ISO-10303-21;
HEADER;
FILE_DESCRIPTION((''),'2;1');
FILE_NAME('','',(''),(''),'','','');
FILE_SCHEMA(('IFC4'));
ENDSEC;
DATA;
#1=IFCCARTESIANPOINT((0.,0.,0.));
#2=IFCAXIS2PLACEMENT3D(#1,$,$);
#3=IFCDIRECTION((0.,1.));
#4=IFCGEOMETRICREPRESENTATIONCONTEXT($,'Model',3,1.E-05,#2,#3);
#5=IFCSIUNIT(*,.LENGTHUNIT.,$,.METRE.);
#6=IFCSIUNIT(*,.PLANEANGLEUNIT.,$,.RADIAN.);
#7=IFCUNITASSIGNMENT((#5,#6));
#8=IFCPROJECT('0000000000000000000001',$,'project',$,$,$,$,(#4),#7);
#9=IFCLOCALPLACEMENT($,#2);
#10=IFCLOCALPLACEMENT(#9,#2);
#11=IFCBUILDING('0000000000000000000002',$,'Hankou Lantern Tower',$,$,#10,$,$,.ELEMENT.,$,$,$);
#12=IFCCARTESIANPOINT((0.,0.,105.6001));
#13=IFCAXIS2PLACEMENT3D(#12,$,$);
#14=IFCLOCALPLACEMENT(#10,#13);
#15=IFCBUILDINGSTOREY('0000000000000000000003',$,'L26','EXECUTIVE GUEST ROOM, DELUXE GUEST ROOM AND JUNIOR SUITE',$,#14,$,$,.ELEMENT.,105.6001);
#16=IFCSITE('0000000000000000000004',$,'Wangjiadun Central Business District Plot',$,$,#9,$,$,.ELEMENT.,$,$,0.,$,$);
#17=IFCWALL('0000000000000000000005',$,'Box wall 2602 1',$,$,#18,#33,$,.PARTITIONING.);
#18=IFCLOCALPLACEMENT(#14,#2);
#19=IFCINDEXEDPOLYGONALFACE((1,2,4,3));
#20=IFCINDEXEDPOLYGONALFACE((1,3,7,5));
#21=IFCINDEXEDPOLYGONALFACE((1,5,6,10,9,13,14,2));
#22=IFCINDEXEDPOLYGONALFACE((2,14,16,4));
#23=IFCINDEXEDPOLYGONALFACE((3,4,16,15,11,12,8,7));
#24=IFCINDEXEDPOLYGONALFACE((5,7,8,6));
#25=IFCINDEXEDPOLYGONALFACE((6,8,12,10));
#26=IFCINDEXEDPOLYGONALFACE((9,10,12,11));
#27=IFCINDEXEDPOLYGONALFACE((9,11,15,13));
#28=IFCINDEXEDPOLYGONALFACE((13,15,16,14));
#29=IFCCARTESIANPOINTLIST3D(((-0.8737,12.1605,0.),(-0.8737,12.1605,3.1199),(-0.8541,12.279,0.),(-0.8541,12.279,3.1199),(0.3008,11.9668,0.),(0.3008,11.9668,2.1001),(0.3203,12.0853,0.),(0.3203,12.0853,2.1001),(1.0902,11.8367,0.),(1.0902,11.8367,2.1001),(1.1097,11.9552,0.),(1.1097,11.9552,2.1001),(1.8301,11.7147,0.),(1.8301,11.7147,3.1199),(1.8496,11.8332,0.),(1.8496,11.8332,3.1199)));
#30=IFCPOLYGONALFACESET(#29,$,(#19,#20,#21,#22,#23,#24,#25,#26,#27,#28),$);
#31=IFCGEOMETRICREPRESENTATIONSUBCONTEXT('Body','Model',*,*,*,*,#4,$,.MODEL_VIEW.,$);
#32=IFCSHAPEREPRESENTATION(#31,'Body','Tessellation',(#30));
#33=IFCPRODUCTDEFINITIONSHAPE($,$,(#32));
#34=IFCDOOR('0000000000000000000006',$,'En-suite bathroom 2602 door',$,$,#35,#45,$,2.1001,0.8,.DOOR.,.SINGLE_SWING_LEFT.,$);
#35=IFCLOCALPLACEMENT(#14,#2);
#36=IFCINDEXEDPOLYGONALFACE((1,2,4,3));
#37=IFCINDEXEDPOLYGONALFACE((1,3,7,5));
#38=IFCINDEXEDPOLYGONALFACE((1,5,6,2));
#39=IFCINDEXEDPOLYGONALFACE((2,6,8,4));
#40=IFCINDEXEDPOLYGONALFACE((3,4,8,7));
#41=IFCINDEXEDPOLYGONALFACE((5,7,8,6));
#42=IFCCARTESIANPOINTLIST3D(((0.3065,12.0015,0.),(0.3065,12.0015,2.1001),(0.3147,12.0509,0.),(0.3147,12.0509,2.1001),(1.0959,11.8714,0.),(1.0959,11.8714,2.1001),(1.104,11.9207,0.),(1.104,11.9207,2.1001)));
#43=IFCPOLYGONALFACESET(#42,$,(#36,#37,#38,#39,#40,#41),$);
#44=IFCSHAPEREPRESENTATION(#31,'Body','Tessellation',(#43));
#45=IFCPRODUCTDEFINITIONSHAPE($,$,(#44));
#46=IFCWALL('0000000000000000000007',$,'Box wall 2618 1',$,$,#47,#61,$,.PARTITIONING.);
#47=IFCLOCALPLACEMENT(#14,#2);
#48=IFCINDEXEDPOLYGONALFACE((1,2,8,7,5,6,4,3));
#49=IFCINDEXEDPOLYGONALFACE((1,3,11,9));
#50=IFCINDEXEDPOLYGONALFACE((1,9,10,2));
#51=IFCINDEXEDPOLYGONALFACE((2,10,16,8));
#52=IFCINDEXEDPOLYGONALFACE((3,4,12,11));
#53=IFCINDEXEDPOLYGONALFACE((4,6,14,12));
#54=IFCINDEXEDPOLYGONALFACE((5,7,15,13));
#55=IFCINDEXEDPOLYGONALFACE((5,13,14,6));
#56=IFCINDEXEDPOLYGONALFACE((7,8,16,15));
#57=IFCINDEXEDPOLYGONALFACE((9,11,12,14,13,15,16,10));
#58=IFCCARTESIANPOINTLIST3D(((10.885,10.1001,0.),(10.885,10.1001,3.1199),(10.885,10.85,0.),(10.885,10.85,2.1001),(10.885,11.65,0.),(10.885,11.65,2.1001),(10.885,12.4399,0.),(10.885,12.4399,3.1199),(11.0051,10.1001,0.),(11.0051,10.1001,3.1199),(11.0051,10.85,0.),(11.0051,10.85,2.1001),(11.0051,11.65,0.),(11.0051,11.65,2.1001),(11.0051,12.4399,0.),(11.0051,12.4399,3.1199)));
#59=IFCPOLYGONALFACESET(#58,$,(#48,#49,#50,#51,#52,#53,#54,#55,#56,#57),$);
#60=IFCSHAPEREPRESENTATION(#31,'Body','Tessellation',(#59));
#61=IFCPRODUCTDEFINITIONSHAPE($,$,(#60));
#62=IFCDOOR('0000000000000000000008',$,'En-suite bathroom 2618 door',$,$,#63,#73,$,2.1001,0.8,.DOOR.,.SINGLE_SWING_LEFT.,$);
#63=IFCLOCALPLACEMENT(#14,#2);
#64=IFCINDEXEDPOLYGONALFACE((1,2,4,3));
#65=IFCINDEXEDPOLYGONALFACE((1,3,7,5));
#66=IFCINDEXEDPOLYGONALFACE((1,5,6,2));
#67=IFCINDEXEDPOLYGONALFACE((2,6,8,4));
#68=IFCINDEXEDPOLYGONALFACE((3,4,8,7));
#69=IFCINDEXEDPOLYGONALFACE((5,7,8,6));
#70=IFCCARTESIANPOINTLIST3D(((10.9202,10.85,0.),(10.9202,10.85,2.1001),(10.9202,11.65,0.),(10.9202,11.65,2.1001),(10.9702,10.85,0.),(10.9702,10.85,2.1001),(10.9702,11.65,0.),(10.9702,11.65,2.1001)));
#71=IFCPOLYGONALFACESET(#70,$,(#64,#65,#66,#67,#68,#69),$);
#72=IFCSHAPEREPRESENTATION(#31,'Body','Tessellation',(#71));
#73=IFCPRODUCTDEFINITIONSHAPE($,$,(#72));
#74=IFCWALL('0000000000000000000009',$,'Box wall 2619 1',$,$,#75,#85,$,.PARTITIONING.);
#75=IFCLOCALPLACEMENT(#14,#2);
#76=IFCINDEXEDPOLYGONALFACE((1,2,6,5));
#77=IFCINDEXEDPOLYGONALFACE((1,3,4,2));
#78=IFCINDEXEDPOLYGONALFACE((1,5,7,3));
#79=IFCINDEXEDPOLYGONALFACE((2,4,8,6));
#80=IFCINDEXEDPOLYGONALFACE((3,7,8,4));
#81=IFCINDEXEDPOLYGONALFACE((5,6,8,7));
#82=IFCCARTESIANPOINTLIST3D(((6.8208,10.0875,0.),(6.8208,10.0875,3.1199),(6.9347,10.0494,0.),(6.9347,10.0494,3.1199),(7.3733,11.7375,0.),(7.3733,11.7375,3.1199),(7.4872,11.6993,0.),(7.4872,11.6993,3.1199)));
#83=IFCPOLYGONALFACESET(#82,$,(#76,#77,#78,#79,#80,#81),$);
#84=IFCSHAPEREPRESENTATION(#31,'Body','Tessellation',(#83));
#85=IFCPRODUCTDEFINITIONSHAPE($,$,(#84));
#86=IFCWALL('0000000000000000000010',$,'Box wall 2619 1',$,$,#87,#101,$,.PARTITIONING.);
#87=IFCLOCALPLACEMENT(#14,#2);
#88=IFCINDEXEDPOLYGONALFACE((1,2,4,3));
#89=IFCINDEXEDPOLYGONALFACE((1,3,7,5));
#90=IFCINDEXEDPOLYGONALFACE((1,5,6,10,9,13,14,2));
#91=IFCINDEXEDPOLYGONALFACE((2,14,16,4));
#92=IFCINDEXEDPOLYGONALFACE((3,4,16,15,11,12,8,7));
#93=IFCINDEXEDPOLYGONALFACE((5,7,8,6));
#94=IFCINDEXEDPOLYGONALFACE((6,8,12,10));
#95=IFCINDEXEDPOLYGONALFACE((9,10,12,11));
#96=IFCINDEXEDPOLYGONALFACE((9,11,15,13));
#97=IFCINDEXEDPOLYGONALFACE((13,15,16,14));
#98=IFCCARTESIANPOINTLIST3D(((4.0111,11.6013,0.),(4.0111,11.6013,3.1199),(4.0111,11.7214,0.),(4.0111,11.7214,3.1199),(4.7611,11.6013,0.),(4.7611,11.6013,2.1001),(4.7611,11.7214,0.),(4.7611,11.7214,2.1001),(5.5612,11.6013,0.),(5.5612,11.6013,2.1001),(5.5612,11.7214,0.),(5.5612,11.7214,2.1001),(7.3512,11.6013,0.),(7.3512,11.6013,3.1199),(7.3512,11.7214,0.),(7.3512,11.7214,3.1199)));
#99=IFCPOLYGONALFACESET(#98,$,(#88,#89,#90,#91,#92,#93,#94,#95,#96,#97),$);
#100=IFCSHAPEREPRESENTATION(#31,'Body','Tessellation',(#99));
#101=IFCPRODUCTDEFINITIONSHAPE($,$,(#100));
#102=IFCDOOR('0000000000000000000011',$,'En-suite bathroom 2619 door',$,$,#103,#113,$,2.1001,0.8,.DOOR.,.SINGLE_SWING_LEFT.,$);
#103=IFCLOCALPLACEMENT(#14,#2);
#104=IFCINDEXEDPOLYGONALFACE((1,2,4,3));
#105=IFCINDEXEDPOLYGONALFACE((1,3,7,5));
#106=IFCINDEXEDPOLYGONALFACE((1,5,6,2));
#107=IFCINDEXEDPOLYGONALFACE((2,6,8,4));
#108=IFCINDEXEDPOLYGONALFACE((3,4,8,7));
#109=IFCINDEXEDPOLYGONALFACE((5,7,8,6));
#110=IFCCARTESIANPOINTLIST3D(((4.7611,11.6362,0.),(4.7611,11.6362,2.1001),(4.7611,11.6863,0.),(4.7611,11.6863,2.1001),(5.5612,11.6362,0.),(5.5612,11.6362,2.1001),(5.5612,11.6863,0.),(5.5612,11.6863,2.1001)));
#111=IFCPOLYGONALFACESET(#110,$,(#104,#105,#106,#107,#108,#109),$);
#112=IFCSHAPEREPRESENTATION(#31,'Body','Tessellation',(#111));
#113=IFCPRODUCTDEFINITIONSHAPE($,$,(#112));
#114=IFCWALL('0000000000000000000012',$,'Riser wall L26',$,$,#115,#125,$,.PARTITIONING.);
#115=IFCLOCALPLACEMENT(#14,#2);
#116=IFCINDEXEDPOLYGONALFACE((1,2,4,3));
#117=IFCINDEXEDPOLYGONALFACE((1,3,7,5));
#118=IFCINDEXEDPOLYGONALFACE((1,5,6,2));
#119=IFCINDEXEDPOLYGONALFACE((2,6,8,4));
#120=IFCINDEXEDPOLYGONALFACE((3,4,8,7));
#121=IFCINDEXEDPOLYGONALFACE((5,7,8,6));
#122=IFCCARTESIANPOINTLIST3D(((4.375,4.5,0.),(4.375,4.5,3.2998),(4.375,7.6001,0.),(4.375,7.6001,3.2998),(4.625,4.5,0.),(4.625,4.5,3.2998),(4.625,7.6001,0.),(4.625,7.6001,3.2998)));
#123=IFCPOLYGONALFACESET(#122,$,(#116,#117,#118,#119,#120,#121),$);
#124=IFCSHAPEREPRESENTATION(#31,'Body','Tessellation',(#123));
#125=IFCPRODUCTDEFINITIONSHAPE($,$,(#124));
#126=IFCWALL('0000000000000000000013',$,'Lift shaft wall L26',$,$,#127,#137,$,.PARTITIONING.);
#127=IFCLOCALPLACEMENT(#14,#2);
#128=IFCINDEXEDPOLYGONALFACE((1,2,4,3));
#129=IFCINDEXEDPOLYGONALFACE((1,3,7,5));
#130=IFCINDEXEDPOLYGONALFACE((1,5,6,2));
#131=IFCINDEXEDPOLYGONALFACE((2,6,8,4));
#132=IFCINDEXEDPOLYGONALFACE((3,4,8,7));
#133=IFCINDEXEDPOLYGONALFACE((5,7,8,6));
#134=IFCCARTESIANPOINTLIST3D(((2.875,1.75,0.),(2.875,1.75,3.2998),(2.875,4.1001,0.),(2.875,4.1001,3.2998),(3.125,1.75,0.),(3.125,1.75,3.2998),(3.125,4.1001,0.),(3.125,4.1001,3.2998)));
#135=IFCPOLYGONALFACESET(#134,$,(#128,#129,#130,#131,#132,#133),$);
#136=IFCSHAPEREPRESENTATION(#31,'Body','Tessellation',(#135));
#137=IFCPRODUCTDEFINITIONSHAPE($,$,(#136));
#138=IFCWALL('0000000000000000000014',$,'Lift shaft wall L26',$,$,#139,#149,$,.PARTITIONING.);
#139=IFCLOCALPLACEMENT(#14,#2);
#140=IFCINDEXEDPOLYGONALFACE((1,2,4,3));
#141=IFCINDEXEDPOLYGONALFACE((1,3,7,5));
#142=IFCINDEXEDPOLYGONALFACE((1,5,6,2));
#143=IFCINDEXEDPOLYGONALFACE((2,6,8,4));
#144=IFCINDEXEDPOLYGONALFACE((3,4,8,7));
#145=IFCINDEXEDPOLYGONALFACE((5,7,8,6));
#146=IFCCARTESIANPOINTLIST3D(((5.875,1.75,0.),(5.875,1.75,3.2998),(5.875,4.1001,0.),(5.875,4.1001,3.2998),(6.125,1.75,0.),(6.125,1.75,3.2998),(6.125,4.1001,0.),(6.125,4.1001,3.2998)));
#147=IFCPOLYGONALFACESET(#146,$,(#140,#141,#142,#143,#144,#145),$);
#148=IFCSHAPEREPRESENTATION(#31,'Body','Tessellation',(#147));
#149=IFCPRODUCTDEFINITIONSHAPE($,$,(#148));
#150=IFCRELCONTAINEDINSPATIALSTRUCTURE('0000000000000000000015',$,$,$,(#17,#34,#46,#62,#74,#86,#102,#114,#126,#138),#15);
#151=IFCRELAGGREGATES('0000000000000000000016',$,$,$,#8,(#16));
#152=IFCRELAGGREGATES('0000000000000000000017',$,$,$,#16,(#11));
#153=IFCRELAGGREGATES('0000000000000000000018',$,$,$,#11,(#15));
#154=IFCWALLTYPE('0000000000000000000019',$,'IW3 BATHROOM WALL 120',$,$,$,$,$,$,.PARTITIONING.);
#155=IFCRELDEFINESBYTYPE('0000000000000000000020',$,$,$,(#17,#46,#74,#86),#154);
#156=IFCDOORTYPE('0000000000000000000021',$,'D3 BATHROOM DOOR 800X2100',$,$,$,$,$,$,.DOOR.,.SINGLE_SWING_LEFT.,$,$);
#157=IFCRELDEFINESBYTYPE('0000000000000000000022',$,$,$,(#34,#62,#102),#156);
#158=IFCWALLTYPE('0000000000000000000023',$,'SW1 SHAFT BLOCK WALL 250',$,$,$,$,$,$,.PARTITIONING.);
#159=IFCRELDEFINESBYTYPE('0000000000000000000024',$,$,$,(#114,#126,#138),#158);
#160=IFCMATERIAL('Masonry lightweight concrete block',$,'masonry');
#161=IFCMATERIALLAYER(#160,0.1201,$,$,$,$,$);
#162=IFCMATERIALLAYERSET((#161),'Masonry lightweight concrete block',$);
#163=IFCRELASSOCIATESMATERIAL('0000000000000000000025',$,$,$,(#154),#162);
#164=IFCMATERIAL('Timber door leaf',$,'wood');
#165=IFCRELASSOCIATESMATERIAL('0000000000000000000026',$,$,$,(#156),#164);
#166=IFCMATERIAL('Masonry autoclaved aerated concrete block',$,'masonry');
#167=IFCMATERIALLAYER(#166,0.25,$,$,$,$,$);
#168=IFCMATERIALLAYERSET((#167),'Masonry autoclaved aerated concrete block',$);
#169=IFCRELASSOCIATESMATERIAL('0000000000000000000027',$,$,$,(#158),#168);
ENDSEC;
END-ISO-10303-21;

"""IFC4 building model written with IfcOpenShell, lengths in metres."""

from ifc_helpers import new_model, si_unit, direction, frame, frame_2d, origin, place, context, subcontext, project, spatial, rectangle, extrude, material, layer, layer_set, type_object, element, fill, save


model = new_model("IFC4")

# Units and contexts
model_context = context("Model", 3, precision=1e-05, world=origin(), true_north=direction((0.0, 1.0)))
body_context = subcontext(model_context, "Body", "Model", "MODEL_VIEW")
ifc_project = project(units=[si_unit("LENGTHUNIT", "METRE"), si_unit("PLANEANGLEUNIT", "RADIAN")], contexts=[model_context])

# Site, building, storey
site_placement = place(None, origin())
site = spatial("IfcSite", under=ifc_project, at=site_placement, Name="Wangjiadun Central Business District Plot", CompositionType="ELEMENT", RefElevation=0.0)
building_placement = place(site_placement, origin())
building = spatial("IfcBuilding", under=site, at=building_placement, Name="Hankou Lantern Tower", CompositionType="ELEMENT")
storey_placement = place(building_placement, frame((0.0, 0.0, 105.6001)))
storey = spatial("IfcBuildingStorey", under=building, at=storey_placement, Name="L26", Description="EXECUTIVE GUEST ROOM, DELUXE GUEST ROOM AND JUNIOR SUITE", CompositionType="ELEMENT", Elevation=105.6001)

# Walls, openings, doors
ifc_material_1 = material(Name="Masonry lightweight concrete block", Category="masonry")
ifc_layer_1 = layer(ifc_material_1, 0.1201)
ifc_layer_set_1 = layer_set([ifc_layer_1], Name="Masonry lightweight concrete block")
wall_type_1 = type_object("IfcWallType", Name="IW3 BATHROOM WALL 120", PredefinedType="PARTITIONING", material=ifc_layer_set_1)
wall_1_placement = place(storey_placement, frame((1.8398, 11.7739, 0.0), z_axis=(0.0, 0.0, 1.0), x_axis=(-0.986677, 0.162694, 0.0)))
wall_1 = element("IfcWall", 1, at=wall_1_placement, inside=storey, type_object=wall_type_1, Name="Box wall 2602 1", PredefinedType="PARTITIONING", context=body_context, shape_type="SweptSolid", body=[
    extrude(rectangle(XDim=2.7402, YDim=0.1201, at=frame_2d((1.3701, 0.0))), origin(), (0.0, 0.0, 1.0), 3.1199),
])
opening_1_placement = place(wall_1_placement, frame((0.75, 0.0, 0.0)))
opening_1 = element("IfcOpeningElement", 2, at=opening_1_placement, cuts=wall_1, PredefinedType="OPENING", context=body_context, shape_type="SweptSolid", body=[
    extrude(rectangle(XDim=0.8, YDim=2.1001, at=frame_2d((0.3999, 1.05))), frame((0.0, 0.0701, 0.0), z_axis=(0.0, -1.0, 0.0), x_axis=(1.0, 0.0, 0.0)), (0.0, 0.0, 1.0), 0.1401),
])
ifc_material_2 = material(Name="Timber door leaf", Category="wood")
door_type_1 = type_object("IfcDoorType", Name="D3 BATHROOM DOOR 800X2100", OperationType="SINGLE_SWING_LEFT", PredefinedType="DOOR", material=ifc_material_2)
door_1_placement = place(opening_1_placement, origin())
door_1 = element("IfcDoor", 3, at=door_1_placement, inside=storey, type_object=door_type_1, Name="En-suite bathroom 2602 door", OperationType="SINGLE_SWING_LEFT", OverallHeight=2.1001, OverallWidth=0.8, PredefinedType="DOOR", context=body_context, shape_type="SweptSolid", body=[
    extrude(rectangle(XDim=0.8, YDim=2.1001, at=frame_2d((0.3999, 1.05))), frame((0.0, 0.0249, 0.0), z_axis=(0.0, -1.0, 0.0), x_axis=(1.0, 0.0, 0.0)), (0.0, 0.0, 1.0), 0.05),
])
fill(opening_1, door_1)
wall_2_placement = place(storey_placement, frame((10.9451, 10.1001, 0.0), z_axis=(0.0, 0.0, 1.0), x_axis=(0.0, 1.0, 0.0)))
wall_2 = element("IfcWall", 4, at=wall_2_placement, inside=storey, type_object=wall_type_1, Name="Box wall 2618 1", PredefinedType="PARTITIONING", context=body_context, shape_type="SweptSolid", body=[
    extrude(rectangle(XDim=2.3398, YDim=0.1201, at=frame_2d((1.1699, 0.0))), origin(), (0.0, 0.0, 1.0), 3.1199),
])
opening_2_placement = place(wall_2_placement, frame((0.75, 0.0, 0.0)))
opening_2 = element("IfcOpeningElement", 5, at=opening_2_placement, cuts=wall_2, PredefinedType="OPENING", context=body_context, shape_type="SweptSolid", body=[
    extrude(rectangle(XDim=0.8, YDim=2.1001, at=frame_2d((0.3999, 1.05))), frame((0.0, 0.0701, 0.0), z_axis=(0.0, -1.0, 0.0), x_axis=(1.0, 0.0, 0.0)), (0.0, 0.0, 1.0), 0.1401),
])
door_2_placement = place(opening_2_placement, origin())
door_2 = element("IfcDoor", 6, at=door_2_placement, inside=storey, type_object=door_type_1, Name="En-suite bathroom 2618 door", OperationType="SINGLE_SWING_LEFT", OverallHeight=2.1001, OverallWidth=0.8, PredefinedType="DOOR", context=body_context, shape_type="SweptSolid", body=[
    extrude(rectangle(XDim=0.8, YDim=2.1001, at=frame_2d((0.3999, 1.05))), frame((0.0, 0.0249, 0.0), z_axis=(0.0, -1.0, 0.0), x_axis=(1.0, 0.0, 0.0)), (0.0, 0.0, 1.0), 0.05),
])
fill(opening_2, door_2)

# Wall
wall_3_placement = place(storey_placement, frame((6.8777, 10.0684, 0.0), z_axis=(0.0, 0.0, 1.0), x_axis=(0.317532, 0.948247, 0.0)))
element("IfcWall", 7, at=wall_3_placement, inside=storey, type_object=wall_type_1, Name="Box wall 2619 1", PredefinedType="PARTITIONING", context=body_context, shape_type="SweptSolid", body=[
    extrude(rectangle(XDim=1.74, YDim=0.1201, at=frame_2d((0.8701, 0.0))), origin(), (0.0, 0.0, 1.0), 3.1199),
])

# Wall, opening, door
wall_4_placement = place(storey_placement, frame((4.0112, 11.6614, 0.0), z_axis=(0.0, 0.0, 1.0), x_axis=(1.0, 0.0, 0.0)))
wall_4 = element("IfcWall", 8, at=wall_4_placement, inside=storey, type_object=wall_type_1, Name="Box wall 2619 1", PredefinedType="PARTITIONING", context=body_context, shape_type="SweptSolid", body=[
    extrude(rectangle(XDim=3.3401, YDim=0.1201, at=frame_2d((1.6699, 0.0))), origin(), (0.0, 0.0, 1.0), 3.1199),
])
opening_3_placement = place(wall_4_placement, frame((0.75, 0.0, 0.0)))
opening_3 = element("IfcOpeningElement", 9, at=opening_3_placement, cuts=wall_4, PredefinedType="OPENING", context=body_context, shape_type="SweptSolid", body=[
    extrude(rectangle(XDim=0.8, YDim=2.1001, at=frame_2d((0.3999, 1.05))), frame((0.0, 0.0701, 0.0), z_axis=(0.0, -1.0, 0.0), x_axis=(1.0, 0.0, 0.0)), (0.0, 0.0, 1.0), 0.1401),
])
door_3_placement = place(opening_3_placement, origin())
door_3 = element("IfcDoor", 10, at=door_3_placement, inside=storey, type_object=door_type_1, Name="En-suite bathroom 2619 door", OperationType="SINGLE_SWING_LEFT", OverallHeight=2.1001, OverallWidth=0.8, PredefinedType="DOOR", context=body_context, shape_type="SweptSolid", body=[
    extrude(rectangle(XDim=0.8, YDim=2.1001, at=frame_2d((0.3999, 1.05))), frame((0.0, 0.0249, 0.0), z_axis=(0.0, -1.0, 0.0), x_axis=(1.0, 0.0, 0.0)), (0.0, 0.0, 1.0), 0.05),
])
fill(opening_3, door_3)

# Walls
ifc_material_3 = material(Name="Masonry autoclaved aerated concrete block", Category="masonry")
ifc_layer_2 = layer(ifc_material_3, 0.25)
ifc_layer_set_2 = layer_set([ifc_layer_2], Name="Masonry autoclaved aerated concrete block")
wall_type_2 = type_object("IfcWallType", Name="SW1 SHAFT BLOCK WALL 250", PredefinedType="PARTITIONING", material=ifc_layer_set_2)
wall_5_placement = place(storey_placement, frame((4.5, 4.5, 0.0), z_axis=(0.0, 0.0, 1.0), x_axis=(0.0, 1.0, 0.0)))
element("IfcWall", 11, at=wall_5_placement, inside=storey, type_object=wall_type_2, Name="Riser wall L26", PredefinedType="PARTITIONING", context=body_context, shape_type="SweptSolid", body=[
    extrude(rectangle(XDim=3.1001, YDim=0.25, at=frame_2d((1.55, 0.0))), origin(), (0.0, 0.0, 1.0), 3.2998),
])
for number, where, z_axis, x_axis, name in (
    (12, (3.0, 1.75, 0.0), (0.0, 0.0, 1.0), (0.0, 1.0, 0.0), "Lift shaft wall L26"),
    (13, (6.0, 1.75, 0.0), (0.0, 0.0, 1.0), (0.0, 1.0, 0.0), "Lift shaft wall L26"),
):
    element("IfcWall", number, at=place(storey_placement, frame(where, z_axis=z_axis, x_axis=x_axis)), inside=storey, type_object=wall_type_2, Name=name, PredefinedType="PARTITIONING", context=body_context, shape_type="SweptSolid", body=[
        extrude(rectangle(XDim=2.3501, YDim=0.25, at=frame_2d((1.175, 0.0))), origin(), (0.0, 0.0, 1.0), 3.2998),
    ])

save(model, "model.ifc")
